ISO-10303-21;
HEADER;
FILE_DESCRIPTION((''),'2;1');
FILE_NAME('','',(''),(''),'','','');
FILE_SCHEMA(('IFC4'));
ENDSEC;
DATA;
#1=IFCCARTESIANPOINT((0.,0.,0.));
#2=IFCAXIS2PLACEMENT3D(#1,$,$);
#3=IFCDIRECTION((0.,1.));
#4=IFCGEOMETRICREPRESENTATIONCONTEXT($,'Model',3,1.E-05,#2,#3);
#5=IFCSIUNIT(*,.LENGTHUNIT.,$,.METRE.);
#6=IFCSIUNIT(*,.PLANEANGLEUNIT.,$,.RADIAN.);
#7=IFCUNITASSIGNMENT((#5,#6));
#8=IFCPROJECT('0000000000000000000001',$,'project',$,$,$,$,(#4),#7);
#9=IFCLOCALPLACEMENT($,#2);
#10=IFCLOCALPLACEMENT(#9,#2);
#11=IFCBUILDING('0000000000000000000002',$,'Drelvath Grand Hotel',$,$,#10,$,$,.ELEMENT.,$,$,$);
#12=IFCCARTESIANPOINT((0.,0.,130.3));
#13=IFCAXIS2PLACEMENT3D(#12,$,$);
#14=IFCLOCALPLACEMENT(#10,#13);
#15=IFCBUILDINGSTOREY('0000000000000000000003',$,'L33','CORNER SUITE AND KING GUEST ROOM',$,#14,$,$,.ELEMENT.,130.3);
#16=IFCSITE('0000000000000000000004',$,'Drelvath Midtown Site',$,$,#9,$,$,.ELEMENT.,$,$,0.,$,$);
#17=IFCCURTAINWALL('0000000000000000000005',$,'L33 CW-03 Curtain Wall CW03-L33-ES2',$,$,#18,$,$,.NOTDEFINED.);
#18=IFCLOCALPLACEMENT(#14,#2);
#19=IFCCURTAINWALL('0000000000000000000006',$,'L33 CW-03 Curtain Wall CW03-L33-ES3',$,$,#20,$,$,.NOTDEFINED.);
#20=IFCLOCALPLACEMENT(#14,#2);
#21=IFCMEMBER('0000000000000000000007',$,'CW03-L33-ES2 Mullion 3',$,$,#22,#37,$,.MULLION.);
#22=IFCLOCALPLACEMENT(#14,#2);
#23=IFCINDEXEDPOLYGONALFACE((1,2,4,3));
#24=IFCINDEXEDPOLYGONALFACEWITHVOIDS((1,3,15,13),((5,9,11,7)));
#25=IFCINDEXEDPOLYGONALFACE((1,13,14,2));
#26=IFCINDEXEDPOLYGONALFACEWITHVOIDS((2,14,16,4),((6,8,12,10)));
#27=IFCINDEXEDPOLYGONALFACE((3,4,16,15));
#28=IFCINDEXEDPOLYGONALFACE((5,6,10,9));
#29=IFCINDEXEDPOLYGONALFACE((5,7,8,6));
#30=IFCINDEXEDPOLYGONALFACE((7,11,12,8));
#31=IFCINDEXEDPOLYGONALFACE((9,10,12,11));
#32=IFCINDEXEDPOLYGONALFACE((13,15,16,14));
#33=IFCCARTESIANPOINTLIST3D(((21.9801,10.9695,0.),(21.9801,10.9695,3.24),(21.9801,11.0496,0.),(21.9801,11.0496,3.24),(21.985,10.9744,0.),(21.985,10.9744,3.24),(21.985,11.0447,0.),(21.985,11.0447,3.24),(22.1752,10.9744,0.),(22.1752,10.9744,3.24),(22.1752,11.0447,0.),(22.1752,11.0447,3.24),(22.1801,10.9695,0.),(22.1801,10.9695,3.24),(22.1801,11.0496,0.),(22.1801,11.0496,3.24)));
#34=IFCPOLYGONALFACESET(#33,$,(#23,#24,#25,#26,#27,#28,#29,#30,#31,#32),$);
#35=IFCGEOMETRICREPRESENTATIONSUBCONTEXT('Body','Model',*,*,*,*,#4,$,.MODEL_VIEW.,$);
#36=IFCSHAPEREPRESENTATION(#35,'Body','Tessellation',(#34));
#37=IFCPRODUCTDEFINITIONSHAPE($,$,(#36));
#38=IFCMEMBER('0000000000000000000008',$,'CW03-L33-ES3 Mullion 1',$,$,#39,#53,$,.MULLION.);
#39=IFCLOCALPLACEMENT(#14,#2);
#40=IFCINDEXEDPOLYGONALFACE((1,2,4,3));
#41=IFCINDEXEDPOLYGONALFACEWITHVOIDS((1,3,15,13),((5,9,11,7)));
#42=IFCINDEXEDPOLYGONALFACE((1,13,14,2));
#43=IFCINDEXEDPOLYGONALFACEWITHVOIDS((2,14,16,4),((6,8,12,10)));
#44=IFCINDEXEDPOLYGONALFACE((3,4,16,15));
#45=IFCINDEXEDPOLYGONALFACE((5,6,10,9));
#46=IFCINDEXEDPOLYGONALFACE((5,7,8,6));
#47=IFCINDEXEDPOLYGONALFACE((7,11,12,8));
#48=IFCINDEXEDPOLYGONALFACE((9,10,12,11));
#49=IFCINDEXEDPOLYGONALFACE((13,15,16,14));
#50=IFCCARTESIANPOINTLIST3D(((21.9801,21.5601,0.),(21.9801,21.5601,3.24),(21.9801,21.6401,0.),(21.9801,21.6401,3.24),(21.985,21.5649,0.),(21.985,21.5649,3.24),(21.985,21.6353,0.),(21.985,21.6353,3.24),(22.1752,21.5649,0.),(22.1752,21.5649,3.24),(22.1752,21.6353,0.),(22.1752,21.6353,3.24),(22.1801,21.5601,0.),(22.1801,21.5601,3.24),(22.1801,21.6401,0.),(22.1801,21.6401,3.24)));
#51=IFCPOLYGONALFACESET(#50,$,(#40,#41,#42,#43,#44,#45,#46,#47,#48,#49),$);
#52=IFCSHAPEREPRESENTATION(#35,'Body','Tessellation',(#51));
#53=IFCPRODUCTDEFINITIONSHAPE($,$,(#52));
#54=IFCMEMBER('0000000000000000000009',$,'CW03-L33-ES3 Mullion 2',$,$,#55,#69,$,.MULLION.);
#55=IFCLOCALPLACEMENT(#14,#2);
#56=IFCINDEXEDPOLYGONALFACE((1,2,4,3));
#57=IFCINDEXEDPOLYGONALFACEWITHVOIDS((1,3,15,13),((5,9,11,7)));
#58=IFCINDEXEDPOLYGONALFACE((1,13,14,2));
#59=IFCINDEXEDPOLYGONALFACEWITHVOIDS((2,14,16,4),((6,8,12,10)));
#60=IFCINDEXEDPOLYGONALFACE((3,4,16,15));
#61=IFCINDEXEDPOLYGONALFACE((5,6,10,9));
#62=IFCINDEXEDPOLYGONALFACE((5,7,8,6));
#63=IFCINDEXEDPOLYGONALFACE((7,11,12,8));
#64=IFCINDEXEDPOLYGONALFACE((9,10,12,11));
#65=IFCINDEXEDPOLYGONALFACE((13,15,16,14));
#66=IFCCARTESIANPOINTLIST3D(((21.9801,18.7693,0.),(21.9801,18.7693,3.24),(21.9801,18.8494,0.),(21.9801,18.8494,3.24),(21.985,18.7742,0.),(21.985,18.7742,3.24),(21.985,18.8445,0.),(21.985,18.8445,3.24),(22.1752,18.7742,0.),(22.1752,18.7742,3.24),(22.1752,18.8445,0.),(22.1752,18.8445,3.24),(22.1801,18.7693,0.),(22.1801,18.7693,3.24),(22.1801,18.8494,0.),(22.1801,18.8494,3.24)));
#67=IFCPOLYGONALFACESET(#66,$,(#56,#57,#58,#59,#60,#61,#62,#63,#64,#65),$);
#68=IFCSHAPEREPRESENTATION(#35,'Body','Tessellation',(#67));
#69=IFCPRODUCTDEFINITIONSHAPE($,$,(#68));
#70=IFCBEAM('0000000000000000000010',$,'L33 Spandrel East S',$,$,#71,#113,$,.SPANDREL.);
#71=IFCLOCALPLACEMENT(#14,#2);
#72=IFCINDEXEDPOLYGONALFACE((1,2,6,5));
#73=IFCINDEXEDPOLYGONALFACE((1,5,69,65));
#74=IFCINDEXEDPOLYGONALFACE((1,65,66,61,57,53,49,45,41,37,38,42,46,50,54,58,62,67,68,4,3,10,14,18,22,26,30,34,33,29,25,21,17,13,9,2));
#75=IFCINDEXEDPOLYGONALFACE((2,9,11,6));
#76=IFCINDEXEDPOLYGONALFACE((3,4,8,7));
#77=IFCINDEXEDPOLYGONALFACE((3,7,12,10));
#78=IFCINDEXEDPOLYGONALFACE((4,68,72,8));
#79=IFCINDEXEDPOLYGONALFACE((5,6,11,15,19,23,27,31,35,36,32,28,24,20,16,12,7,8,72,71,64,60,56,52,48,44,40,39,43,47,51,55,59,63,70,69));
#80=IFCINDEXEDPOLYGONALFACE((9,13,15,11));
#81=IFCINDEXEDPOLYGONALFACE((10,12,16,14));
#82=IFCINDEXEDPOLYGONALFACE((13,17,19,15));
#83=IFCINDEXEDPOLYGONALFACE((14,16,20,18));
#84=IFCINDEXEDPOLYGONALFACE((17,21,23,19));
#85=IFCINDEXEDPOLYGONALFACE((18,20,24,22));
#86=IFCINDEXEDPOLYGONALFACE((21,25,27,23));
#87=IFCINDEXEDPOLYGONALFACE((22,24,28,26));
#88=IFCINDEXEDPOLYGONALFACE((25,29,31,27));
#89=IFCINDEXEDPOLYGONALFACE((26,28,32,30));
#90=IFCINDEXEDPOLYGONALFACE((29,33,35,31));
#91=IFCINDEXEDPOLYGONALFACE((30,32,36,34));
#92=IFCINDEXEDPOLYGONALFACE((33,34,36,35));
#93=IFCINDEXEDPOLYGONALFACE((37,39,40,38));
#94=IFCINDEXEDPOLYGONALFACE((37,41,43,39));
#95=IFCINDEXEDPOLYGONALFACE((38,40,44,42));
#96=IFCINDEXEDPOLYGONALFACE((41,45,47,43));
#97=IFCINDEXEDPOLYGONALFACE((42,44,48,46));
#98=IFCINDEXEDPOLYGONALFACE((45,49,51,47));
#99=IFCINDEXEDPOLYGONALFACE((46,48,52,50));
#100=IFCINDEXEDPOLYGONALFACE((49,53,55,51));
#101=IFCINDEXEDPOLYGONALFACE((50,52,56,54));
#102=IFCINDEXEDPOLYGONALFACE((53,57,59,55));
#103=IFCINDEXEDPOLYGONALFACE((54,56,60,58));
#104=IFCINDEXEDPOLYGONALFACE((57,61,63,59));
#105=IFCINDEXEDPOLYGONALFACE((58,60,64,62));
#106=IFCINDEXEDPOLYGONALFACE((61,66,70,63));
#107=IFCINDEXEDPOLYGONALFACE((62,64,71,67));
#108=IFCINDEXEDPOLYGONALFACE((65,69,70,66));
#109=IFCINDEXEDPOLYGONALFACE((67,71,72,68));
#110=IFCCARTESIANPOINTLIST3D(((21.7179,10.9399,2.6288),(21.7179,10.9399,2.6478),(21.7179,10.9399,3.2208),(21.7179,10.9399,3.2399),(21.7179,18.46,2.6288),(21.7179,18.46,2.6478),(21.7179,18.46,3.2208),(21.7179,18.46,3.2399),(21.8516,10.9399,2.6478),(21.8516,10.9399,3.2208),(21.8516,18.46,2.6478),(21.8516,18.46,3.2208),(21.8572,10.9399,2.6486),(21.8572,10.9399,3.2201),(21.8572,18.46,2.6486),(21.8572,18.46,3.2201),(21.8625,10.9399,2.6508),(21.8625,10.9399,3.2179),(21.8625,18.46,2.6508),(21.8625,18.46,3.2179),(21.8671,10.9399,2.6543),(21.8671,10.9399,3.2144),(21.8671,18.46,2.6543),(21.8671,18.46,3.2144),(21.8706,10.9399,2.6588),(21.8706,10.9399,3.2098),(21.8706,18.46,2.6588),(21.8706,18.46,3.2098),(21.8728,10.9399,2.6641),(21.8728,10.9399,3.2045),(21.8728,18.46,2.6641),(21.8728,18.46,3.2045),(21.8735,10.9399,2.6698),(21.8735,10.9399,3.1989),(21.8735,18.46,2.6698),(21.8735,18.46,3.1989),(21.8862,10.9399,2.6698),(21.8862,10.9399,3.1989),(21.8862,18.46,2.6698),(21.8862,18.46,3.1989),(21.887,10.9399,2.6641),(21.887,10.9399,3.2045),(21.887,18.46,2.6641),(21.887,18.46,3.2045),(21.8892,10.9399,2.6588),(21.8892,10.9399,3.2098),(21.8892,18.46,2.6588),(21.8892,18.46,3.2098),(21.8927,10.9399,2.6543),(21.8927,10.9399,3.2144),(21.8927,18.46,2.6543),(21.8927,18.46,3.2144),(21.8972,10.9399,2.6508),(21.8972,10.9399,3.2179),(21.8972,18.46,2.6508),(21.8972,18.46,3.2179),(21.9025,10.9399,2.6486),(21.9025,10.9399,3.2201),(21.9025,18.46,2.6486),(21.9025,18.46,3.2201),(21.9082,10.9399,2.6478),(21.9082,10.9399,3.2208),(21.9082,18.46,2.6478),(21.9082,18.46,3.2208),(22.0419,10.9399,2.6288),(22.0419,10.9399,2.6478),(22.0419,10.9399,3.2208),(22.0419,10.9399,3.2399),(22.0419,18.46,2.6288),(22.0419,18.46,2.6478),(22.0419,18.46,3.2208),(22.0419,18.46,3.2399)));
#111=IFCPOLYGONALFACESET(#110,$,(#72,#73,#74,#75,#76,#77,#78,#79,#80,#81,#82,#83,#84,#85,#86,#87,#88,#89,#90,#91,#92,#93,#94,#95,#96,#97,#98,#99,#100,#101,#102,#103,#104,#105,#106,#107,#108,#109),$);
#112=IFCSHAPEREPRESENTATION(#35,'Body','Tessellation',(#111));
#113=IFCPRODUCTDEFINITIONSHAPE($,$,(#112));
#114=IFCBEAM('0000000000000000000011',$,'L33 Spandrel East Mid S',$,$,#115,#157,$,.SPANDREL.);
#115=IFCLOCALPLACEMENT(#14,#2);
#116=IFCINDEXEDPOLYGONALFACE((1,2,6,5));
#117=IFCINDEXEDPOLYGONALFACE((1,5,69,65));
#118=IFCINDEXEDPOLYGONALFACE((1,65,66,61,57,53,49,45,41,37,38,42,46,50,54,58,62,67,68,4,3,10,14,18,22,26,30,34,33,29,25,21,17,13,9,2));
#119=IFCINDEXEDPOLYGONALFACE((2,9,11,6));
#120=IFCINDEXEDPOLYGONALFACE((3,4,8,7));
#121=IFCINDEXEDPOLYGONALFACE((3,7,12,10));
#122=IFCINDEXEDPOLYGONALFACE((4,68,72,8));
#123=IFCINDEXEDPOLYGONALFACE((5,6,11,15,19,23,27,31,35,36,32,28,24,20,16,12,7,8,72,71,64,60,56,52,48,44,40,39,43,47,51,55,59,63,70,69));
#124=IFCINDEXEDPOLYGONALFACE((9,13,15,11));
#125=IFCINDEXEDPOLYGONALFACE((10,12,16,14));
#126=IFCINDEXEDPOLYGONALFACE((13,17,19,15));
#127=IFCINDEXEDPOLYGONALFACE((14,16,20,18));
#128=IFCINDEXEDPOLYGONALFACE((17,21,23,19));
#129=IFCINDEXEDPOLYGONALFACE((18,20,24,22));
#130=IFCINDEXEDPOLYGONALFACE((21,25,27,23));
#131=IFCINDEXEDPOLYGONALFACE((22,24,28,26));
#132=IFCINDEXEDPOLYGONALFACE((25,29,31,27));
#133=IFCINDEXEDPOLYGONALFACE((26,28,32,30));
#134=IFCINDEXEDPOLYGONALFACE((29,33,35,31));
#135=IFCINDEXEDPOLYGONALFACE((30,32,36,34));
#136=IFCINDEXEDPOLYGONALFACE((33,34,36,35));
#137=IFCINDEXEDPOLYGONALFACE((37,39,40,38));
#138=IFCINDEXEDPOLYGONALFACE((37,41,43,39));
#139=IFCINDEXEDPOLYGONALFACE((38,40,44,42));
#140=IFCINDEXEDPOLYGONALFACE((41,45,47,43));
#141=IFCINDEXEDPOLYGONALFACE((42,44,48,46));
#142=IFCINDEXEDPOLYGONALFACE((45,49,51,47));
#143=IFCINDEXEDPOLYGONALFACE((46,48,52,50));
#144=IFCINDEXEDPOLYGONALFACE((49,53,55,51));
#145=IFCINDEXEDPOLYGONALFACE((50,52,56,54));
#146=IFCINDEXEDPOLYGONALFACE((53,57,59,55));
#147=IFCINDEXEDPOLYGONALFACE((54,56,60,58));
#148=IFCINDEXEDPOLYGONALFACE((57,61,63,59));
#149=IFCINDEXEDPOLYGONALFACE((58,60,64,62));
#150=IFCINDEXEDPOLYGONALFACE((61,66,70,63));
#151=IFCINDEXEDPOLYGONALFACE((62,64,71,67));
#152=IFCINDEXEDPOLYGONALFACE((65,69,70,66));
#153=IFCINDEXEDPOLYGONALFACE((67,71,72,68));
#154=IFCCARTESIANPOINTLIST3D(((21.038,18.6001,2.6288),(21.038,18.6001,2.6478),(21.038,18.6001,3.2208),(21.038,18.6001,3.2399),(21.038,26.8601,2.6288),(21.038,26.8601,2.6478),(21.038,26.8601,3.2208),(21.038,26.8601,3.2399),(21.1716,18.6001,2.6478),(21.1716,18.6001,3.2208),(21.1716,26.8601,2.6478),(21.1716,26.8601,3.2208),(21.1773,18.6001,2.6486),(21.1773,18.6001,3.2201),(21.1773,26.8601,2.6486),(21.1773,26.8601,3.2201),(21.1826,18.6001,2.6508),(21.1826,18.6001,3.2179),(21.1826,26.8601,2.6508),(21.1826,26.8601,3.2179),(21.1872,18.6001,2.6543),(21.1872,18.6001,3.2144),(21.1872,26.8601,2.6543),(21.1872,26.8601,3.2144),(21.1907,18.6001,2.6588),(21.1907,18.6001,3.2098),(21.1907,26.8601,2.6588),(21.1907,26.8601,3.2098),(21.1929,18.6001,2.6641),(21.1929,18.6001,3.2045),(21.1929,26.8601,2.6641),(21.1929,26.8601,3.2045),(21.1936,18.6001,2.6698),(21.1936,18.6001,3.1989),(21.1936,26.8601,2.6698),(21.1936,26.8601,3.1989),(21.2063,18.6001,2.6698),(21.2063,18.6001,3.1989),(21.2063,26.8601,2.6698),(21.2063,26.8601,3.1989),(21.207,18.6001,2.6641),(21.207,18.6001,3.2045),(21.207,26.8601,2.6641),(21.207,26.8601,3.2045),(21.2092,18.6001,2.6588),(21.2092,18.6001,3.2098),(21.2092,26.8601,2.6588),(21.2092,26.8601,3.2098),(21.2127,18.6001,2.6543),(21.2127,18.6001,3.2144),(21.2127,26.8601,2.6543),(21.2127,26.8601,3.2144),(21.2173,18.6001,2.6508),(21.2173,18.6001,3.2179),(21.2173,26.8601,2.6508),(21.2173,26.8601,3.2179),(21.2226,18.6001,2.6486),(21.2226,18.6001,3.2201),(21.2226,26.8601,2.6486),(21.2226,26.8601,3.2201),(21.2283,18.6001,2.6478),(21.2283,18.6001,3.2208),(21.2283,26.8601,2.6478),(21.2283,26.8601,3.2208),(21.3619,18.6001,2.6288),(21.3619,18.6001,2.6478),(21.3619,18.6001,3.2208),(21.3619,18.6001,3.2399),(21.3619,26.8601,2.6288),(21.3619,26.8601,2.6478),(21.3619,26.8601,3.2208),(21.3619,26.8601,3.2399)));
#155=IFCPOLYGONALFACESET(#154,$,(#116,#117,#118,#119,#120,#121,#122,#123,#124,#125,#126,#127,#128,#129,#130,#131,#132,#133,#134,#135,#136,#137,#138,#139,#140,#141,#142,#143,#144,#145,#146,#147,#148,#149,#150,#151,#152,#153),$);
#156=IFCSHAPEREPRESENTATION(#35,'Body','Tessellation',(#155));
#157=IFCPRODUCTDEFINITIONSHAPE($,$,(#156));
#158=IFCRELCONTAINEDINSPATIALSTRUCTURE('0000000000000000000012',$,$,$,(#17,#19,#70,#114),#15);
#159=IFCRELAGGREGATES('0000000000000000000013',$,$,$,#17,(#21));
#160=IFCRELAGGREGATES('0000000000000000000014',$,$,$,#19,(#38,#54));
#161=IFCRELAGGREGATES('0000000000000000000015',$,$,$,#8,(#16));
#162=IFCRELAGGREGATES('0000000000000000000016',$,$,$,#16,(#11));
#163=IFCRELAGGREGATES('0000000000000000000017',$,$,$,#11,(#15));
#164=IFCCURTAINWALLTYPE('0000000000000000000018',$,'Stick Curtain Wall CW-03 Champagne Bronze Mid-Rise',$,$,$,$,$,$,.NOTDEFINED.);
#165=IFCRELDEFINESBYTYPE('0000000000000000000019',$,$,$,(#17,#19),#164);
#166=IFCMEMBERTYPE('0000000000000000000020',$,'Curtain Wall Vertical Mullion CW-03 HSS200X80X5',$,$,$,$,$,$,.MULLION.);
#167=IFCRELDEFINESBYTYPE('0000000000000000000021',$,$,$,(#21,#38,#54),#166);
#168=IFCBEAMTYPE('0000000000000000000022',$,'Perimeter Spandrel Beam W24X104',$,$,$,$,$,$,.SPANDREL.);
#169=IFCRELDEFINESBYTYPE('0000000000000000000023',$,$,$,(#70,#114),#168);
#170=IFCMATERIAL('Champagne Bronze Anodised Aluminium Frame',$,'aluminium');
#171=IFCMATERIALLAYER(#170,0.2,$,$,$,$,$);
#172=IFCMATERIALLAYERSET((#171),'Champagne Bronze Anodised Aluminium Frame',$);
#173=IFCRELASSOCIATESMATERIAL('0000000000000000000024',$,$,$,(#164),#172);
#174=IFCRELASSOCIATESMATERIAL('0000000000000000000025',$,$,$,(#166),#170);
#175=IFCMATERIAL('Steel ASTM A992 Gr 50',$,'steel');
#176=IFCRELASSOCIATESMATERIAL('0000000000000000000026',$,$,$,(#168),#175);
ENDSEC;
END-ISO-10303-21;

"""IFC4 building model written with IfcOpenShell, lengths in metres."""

from ifc_helpers import new_model, si_unit, direction, frame, origin, origin_2d, place, context, subcontext, project, spatial, hollow_rectangle, i_section, extrude, material, layer, layer_set, material_profile, profile_set, type_object, element, aggregate, save


model = new_model("IFC4")

# Units and contexts
model_context = context("Model", 3, precision=1e-05, world=origin(), true_north=direction((0.0, 1.0)))
body_context = subcontext(model_context, "Body", "Model", "MODEL_VIEW")
ifc_project = project(units=[si_unit("LENGTHUNIT", "METRE"), si_unit("PLANEANGLEUNIT", "RADIAN")], contexts=[model_context])

# Site, building, storey
site_placement = place(None, origin())
site = spatial("IfcSite", under=ifc_project, at=site_placement, Name="Drelvath Midtown Site", CompositionType="ELEMENT", RefElevation=0.0)
building_placement = place(site_placement, origin())
building = spatial("IfcBuilding", under=site, at=building_placement, Name="Drelvath Grand Hotel", CompositionType="ELEMENT")
storey_placement = place(building_placement, frame((0.0, 0.0, 130.3)))
storey = spatial("IfcBuildingStorey", under=building, at=storey_placement, Name="L33", Description="CORNER SUITE AND KING GUEST ROOM", CompositionType="ELEMENT", Elevation=130.3)

# Curtain walls
ifc_material_1 = material(Name="Champagne Bronze Anodised Aluminium Frame", Category="aluminium")
ifc_layer_1 = layer(ifc_material_1, 0.2)
ifc_layer_set_1 = layer_set([ifc_layer_1], Name="Champagne Bronze Anodised Aluminium Frame")
curtain_wall_type = type_object("IfcCurtainWallType", Name="Stick Curtain Wall CW-03 Champagne Bronze Mid-Rise", PredefinedType="NOTDEFINED", material=ifc_layer_set_1)
curtain_wall_1_placement = place(storey_placement, origin())
curtain_wall_1 = element("IfcCurtainWall", 1, at=curtain_wall_1_placement, inside=storey, type_object=curtain_wall_type, Name="L33 CW-03 Curtain Wall CW03-L33-ES2", PredefinedType="NOTDEFINED")
curtain_wall_2_placement = place(storey_placement, origin())
curtain_wall_2 = element("IfcCurtainWall", 2, at=curtain_wall_2_placement, inside=storey, type_object=curtain_wall_type, Name="L33 CW-03 Curtain Wall CW03-L33-ES3", PredefinedType="NOTDEFINED")
ifc_material_profile_1 = material_profile(ifc_material_1, hollow_rectangle(XDim=0.0801, YDim=0.2, WallThickness=0.0049, at=origin_2d()), Name="HSS200X80X5")
ifc_profile_set_1 = profile_set([ifc_material_profile_1], Name="Champagne Bronze Anodised Aluminium Frame")
member_type_1 = type_object("IfcMemberType", Name="Curtain Wall Vertical Mullion CW-03 HSS200X80X5", PredefinedType="MULLION", material=ifc_profile_set_1)

# Members
member_1_placement = place(storey_placement, frame((22.0801, 11.0095, 0.0), z_axis=(0.0, 0.0, 1.0), x_axis=(0.0, 1.0, 0.0)))
member_1 = element("IfcMember", 3, at=member_1_placement, type_object=member_type_1, Name="CW03-L33-ES2 Mullion 3", PredefinedType="MULLION", context=body_context, shape_type="SweptSolid", body=[
    extrude(hollow_rectangle(XDim=0.0801, YDim=0.2, WallThickness=0.0049, at=origin_2d()), origin(), (0.0, 0.0, 1.0), 3.24),
])
member_2_placement = place(storey_placement, frame((22.0801, 21.6001, 0.0), z_axis=(0.0, 0.0, 1.0), x_axis=(0.0, 1.0, 0.0)))
member_2 = element("IfcMember", 4, at=member_2_placement, type_object=member_type_1, Name="CW03-L33-ES3 Mullion 1", PredefinedType="MULLION", context=body_context, shape_type="SweptSolid", body=[
    extrude(hollow_rectangle(XDim=0.0801, YDim=0.2, WallThickness=0.0049, at=origin_2d()), origin(), (0.0, 0.0, 1.0), 3.24),
])
member_3_placement = place(storey_placement, frame((22.0801, 18.8093, 0.0), z_axis=(0.0, 0.0, 1.0), x_axis=(0.0, 1.0, 0.0)))
member_3 = element("IfcMember", 5, at=member_3_placement, type_object=member_type_1, Name="CW03-L33-ES3 Mullion 2", PredefinedType="MULLION", context=body_context, shape_type="SweptSolid", body=[
    extrude(hollow_rectangle(XDim=0.0801, YDim=0.2, WallThickness=0.0049, at=origin_2d()), origin(), (0.0, 0.0, 1.0), 3.24),
])

# Beams
ifc_material_2 = material(Name="Steel ASTM A992 Gr 50", Category="steel")
ifc_material_profile_2 = material_profile(ifc_material_2, i_section(OverallWidth=0.324, OverallDepth=0.6111, WebThickness=0.0127, FlangeThickness=0.019, FilletRadius=0.022, at=origin_2d()), Name="W24X104")
ifc_profile_set_2 = profile_set([ifc_material_profile_2], Name="Steel ASTM A992 Gr 50")
beam_type_1 = type_object("IfcBeamType", Name="Perimeter Spandrel Beam W24X104", PredefinedType="SPANDREL", material=ifc_profile_set_2)
beam_1_placement = place(storey_placement, frame((21.8799, 10.9399, 2.9343), z_axis=(0.0, 1.0, 0.0), x_axis=(-1.0, 0.0, 0.0)))
element("IfcBeam", 6, at=beam_1_placement, inside=storey, type_object=beam_type_1, Name="L33 Spandrel East S", PredefinedType="SPANDREL", context=body_context, shape_type="SweptSolid", body=[
    extrude(i_section(OverallWidth=0.324, OverallDepth=0.6111, WebThickness=0.0127, FlangeThickness=0.019, FilletRadius=0.022, at=origin_2d()), origin(), (0.0, 0.0, 1.0), 7.52),
])
beam_2_placement = place(storey_placement, frame((21.2, 18.6001, 2.9343), z_axis=(0.0, 1.0, 0.0), x_axis=(-1.0, 0.0, 0.0)))
element("IfcBeam", 7, at=beam_2_placement, inside=storey, type_object=beam_type_1, Name="L33 Spandrel East Mid S", PredefinedType="SPANDREL", context=body_context, shape_type="SweptSolid", body=[
    extrude(i_section(OverallWidth=0.324, OverallDepth=0.6111, WebThickness=0.0127, FlangeThickness=0.019, FilletRadius=0.022, at=origin_2d()), origin(), (0.0, 0.0, 1.0), 8.26),
])

aggregate(curtain_wall_1, [member_1])
aggregate(curtain_wall_2, [member_2, member_3])

save(model, "model.ifc")
